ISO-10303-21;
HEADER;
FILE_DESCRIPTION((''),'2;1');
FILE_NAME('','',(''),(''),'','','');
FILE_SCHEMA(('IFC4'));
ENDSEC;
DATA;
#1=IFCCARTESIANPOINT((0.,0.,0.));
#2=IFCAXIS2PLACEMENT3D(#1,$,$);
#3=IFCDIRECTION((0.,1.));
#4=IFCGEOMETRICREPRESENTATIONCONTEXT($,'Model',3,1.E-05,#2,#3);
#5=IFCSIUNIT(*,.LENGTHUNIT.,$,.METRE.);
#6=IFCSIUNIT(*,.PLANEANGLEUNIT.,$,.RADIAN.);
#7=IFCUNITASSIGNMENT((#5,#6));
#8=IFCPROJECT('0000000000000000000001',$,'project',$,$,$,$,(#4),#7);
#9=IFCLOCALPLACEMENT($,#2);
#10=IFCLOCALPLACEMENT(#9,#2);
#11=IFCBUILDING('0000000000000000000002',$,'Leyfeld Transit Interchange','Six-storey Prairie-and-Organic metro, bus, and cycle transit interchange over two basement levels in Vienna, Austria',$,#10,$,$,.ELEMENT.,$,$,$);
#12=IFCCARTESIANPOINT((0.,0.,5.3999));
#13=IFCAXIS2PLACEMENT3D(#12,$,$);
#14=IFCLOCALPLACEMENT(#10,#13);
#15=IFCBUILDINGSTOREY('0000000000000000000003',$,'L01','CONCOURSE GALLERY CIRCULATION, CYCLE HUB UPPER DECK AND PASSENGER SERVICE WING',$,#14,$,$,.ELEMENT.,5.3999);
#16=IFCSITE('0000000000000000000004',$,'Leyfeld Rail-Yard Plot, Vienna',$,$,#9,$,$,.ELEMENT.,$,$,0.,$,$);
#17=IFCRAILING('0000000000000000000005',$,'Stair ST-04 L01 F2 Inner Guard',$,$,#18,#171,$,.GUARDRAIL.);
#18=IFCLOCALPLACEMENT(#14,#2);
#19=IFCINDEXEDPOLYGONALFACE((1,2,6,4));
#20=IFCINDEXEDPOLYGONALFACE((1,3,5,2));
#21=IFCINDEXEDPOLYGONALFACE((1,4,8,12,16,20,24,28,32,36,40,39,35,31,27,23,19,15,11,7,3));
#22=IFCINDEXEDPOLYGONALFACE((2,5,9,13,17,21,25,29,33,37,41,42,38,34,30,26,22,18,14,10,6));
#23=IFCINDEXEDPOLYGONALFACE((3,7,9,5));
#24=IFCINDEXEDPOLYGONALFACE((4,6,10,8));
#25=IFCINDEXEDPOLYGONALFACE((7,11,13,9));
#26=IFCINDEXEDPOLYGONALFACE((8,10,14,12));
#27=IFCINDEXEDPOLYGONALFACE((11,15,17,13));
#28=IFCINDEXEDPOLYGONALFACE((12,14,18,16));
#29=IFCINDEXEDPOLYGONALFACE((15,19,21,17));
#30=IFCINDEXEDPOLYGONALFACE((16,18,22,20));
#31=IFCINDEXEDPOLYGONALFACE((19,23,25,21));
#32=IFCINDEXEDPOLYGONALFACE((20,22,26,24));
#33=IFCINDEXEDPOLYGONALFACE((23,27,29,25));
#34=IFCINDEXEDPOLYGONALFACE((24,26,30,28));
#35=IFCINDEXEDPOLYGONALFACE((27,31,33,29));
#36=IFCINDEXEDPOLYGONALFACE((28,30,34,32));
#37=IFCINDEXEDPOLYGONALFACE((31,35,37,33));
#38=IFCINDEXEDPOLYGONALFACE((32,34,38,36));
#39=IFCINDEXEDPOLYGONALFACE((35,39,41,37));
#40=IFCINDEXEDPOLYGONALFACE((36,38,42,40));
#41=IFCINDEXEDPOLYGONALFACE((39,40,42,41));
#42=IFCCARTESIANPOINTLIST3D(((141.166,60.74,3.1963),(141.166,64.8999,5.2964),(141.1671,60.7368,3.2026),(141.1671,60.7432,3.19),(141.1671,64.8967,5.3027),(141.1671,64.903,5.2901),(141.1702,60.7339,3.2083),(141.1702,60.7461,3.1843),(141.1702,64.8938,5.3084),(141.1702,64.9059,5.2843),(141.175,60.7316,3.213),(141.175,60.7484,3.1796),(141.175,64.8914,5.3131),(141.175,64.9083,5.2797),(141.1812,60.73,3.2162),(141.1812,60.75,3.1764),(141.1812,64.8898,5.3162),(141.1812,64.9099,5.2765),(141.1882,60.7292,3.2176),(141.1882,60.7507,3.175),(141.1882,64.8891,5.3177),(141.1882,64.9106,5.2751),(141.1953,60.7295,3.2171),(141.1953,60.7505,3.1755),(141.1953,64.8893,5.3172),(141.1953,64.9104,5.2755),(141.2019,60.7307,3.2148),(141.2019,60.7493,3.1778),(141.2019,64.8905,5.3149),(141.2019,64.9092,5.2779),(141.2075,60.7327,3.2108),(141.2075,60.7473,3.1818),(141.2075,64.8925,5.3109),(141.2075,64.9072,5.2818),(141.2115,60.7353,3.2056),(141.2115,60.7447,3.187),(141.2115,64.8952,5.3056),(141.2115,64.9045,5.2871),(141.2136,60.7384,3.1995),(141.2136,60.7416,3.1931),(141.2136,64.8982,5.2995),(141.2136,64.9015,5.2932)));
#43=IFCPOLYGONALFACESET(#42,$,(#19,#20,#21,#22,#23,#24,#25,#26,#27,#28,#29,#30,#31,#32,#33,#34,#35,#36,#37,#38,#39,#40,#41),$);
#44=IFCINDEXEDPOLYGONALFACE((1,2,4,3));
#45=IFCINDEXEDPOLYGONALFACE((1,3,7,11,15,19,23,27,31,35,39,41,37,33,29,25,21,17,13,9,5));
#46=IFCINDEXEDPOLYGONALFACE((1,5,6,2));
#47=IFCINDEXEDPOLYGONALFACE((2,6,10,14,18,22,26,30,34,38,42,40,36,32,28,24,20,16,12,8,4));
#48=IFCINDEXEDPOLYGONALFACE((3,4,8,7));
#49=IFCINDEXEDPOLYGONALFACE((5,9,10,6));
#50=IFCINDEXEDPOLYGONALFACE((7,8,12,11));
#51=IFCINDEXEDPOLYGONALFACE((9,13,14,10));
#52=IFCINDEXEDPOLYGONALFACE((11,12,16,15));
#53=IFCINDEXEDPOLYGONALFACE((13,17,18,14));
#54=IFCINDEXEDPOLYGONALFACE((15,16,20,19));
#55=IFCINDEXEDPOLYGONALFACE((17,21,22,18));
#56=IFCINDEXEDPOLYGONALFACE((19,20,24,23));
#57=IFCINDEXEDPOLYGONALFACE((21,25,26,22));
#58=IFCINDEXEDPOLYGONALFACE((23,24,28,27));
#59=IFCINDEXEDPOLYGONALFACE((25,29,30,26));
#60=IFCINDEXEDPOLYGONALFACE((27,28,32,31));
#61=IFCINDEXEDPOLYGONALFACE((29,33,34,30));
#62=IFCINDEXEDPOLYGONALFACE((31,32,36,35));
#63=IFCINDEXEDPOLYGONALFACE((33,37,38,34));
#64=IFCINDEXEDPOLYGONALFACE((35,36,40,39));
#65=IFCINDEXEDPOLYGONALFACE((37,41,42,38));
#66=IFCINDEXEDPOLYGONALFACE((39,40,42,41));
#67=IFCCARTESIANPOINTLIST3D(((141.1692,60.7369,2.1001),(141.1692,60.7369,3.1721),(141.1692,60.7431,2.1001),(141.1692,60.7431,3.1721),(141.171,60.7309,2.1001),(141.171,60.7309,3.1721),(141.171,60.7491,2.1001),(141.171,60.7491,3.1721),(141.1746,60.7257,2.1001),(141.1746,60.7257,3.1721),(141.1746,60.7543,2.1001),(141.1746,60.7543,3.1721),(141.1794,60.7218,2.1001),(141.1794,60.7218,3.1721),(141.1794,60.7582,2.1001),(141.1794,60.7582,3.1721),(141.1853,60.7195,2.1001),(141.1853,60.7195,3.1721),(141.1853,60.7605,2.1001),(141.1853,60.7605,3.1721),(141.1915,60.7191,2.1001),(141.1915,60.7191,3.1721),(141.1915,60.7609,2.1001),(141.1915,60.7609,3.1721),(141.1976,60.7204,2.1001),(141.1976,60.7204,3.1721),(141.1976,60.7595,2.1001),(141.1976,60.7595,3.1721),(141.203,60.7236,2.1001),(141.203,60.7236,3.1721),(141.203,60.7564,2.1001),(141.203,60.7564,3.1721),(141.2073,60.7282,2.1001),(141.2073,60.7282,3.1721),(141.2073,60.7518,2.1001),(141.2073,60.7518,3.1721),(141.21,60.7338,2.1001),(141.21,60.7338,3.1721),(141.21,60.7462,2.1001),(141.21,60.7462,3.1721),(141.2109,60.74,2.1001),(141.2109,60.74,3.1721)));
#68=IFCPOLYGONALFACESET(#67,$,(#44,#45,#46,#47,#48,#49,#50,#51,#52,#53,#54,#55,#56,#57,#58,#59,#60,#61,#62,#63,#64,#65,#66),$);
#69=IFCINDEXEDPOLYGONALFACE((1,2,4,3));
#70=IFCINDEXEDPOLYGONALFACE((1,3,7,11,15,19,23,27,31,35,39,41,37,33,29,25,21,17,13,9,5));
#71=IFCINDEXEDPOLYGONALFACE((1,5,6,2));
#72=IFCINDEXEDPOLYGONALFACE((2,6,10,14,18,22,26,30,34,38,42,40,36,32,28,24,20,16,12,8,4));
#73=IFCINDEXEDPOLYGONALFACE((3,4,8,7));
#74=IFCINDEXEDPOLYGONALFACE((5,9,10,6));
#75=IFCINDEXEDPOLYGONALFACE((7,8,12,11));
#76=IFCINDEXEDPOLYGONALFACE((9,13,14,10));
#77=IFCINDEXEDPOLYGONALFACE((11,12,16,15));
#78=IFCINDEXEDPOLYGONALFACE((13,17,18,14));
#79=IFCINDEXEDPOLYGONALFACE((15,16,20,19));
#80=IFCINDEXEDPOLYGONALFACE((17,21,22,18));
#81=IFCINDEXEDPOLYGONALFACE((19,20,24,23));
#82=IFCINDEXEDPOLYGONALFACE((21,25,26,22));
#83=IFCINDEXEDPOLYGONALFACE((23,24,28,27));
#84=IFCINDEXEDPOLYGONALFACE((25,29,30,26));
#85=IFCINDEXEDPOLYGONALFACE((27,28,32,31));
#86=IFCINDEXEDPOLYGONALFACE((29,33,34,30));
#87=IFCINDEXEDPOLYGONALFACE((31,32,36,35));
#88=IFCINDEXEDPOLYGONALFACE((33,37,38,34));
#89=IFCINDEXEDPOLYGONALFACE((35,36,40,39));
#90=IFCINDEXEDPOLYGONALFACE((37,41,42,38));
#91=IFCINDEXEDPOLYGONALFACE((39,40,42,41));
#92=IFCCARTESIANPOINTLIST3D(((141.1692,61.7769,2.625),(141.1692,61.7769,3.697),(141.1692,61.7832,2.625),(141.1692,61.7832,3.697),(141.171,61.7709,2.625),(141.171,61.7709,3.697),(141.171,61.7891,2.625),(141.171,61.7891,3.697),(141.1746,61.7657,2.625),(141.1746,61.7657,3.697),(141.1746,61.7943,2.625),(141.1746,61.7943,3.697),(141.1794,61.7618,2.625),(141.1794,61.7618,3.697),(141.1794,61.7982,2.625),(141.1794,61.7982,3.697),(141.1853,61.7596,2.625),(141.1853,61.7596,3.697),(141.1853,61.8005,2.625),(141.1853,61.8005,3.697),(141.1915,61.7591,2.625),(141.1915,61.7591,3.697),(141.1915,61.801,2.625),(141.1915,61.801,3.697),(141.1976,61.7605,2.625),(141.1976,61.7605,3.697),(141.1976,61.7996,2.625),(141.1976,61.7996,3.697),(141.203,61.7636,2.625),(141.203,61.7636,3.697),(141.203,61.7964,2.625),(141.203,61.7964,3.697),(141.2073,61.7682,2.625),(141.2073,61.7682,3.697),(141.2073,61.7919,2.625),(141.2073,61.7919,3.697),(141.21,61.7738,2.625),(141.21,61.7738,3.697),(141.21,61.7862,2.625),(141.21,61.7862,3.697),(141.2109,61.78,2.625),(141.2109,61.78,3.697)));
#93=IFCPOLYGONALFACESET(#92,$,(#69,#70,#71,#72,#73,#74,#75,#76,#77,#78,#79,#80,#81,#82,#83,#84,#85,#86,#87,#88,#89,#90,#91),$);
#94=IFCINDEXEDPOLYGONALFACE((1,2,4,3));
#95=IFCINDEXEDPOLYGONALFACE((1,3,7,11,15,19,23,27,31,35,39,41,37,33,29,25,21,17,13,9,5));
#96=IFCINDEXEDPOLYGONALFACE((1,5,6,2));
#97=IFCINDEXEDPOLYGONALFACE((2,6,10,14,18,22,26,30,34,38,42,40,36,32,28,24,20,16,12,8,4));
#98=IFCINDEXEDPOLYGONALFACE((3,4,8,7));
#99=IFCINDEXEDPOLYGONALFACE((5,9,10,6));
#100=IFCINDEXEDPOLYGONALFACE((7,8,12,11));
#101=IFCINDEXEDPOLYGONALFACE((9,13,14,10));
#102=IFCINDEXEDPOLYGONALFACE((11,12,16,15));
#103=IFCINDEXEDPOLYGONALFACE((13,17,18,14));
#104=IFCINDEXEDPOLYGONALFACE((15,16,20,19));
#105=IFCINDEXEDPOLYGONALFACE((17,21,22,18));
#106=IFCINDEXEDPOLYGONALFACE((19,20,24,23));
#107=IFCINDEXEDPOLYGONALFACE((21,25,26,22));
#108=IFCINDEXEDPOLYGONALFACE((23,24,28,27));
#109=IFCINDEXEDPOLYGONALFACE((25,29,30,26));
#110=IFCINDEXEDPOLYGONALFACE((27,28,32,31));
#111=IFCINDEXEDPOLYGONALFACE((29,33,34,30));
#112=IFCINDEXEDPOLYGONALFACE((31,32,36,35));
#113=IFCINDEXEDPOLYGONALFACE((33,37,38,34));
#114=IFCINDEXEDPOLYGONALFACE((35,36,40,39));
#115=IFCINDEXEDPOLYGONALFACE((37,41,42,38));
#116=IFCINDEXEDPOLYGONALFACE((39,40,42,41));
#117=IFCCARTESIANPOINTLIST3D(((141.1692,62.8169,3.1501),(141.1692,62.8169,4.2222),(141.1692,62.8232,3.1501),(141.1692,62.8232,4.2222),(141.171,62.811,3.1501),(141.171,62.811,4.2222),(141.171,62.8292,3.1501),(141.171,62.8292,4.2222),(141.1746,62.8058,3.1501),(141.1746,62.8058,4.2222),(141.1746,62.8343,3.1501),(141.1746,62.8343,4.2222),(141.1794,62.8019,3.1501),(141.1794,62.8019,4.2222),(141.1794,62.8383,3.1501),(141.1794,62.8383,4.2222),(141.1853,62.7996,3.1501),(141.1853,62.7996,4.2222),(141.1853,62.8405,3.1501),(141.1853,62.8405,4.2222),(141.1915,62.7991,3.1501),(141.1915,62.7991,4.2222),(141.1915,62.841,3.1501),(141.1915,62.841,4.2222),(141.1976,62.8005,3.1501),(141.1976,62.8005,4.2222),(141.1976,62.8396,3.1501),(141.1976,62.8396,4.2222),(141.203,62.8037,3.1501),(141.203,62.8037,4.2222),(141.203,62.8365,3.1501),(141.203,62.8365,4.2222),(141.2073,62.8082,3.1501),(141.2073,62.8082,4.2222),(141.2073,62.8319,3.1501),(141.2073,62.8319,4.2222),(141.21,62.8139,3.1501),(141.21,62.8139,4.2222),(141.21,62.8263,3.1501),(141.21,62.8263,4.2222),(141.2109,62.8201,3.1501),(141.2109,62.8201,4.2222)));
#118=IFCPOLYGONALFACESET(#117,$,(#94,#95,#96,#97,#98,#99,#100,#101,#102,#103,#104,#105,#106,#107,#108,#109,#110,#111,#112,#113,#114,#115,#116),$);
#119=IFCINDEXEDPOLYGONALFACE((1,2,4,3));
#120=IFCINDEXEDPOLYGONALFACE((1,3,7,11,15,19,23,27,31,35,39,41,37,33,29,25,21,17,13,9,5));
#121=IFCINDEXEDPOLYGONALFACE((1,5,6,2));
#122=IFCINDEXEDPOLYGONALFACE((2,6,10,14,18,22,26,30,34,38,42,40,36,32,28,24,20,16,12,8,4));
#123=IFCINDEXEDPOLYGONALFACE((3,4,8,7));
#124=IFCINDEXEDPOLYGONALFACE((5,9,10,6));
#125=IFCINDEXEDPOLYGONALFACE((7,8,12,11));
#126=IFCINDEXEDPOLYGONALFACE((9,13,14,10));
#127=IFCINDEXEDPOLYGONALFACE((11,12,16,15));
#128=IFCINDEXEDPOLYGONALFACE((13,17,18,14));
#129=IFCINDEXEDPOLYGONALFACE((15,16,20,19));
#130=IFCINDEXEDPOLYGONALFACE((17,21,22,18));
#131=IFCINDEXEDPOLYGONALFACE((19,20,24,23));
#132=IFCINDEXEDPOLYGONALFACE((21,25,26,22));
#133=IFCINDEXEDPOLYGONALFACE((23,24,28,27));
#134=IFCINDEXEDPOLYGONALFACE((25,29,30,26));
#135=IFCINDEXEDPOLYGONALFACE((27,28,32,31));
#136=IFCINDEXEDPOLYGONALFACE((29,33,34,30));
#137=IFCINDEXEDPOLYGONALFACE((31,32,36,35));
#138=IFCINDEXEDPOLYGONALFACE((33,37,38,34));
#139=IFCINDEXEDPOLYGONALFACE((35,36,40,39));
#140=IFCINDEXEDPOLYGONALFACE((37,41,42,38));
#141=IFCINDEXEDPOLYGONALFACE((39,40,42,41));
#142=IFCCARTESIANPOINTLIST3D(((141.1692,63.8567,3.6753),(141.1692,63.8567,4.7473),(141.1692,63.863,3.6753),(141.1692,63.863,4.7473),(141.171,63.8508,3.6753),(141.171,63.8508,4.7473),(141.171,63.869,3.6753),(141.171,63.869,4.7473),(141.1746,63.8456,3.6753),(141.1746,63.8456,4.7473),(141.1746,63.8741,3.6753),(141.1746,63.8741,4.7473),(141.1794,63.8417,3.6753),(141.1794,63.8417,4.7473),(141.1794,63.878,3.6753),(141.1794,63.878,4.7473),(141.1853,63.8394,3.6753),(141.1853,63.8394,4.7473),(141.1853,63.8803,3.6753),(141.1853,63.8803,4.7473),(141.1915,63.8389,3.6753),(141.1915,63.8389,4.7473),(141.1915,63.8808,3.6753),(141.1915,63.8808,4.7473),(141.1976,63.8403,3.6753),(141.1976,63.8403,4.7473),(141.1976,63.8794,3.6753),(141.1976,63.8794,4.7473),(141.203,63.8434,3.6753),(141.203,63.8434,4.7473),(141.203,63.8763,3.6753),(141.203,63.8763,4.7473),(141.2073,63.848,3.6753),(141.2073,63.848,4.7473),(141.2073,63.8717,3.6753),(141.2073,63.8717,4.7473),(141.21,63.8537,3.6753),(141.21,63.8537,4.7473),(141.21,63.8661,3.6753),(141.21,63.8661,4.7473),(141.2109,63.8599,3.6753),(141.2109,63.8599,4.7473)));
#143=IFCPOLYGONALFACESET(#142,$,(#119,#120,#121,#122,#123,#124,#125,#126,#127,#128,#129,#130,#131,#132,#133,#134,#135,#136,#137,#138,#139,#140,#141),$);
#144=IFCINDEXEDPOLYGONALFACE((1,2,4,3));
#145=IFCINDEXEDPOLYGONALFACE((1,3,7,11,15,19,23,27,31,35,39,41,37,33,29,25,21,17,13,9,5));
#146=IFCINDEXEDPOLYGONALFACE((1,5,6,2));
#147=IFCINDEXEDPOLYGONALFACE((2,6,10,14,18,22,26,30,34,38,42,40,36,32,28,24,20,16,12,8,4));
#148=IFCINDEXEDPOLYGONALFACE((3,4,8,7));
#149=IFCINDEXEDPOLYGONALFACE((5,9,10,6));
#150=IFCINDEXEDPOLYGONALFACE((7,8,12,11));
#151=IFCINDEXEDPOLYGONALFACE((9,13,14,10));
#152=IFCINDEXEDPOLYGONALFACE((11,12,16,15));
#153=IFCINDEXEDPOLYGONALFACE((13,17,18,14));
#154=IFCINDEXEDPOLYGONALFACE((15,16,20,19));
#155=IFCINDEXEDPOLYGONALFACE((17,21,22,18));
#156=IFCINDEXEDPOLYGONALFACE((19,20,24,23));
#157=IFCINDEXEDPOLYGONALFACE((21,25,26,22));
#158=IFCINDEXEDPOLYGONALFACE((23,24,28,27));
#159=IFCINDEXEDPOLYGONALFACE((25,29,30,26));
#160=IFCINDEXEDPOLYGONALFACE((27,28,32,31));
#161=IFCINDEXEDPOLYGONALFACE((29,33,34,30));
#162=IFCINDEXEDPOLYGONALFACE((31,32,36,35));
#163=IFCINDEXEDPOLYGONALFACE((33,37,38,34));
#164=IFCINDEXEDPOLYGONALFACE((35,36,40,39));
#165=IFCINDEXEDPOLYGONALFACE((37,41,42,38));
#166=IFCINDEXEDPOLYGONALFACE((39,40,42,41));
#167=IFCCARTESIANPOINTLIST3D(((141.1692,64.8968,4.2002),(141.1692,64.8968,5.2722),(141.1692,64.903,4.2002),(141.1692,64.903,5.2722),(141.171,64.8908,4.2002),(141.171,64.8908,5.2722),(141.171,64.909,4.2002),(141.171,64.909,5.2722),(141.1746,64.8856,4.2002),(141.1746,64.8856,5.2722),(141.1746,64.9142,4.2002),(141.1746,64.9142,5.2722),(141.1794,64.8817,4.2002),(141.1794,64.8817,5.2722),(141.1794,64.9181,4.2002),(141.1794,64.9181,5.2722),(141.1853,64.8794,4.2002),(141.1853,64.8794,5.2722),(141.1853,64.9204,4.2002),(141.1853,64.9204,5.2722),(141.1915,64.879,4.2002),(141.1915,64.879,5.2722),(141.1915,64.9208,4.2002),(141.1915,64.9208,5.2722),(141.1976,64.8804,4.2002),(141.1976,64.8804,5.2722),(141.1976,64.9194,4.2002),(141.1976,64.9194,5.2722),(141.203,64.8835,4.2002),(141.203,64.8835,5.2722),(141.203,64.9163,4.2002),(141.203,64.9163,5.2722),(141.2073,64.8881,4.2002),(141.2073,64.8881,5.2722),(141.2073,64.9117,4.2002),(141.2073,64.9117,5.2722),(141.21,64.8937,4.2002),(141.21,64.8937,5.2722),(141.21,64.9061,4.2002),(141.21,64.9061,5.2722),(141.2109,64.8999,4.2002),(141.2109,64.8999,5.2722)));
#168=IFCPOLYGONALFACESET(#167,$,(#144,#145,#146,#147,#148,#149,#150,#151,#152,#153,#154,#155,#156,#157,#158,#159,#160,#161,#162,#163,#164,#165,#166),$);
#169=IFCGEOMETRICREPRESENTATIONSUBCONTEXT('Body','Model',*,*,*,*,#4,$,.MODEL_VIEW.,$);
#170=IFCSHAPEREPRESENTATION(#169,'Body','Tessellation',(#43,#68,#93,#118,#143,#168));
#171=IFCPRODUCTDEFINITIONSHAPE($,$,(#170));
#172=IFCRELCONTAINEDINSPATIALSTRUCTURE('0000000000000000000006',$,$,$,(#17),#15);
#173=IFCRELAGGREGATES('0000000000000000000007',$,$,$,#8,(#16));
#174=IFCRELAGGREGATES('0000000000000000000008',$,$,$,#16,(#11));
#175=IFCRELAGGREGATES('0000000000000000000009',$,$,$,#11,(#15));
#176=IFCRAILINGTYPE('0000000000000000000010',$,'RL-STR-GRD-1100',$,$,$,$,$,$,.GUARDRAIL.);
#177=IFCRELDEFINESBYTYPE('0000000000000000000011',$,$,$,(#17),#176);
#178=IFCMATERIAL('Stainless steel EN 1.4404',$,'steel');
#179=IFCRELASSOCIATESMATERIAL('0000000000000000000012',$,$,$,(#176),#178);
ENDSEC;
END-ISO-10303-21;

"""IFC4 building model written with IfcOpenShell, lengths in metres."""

from ifc_helpers import new_model, si_unit, direction, frame, origin, origin_2d, place, context, subcontext, project, spatial, circle, extrude, material, type_object, element, save


model = new_model("IFC4")

# Units and contexts
model_context = context("Model", 3, precision=1e-05, world=origin(), true_north=direction((0.0, 1.0)))
body_context = subcontext(model_context, "Body", "Model", "MODEL_VIEW")
ifc_project = project(units=[si_unit("LENGTHUNIT", "METRE"), si_unit("PLANEANGLEUNIT", "RADIAN")], contexts=[model_context])

# Site, building, storey
site_placement = place(None, origin())
site = spatial("IfcSite", under=ifc_project, at=site_placement, Name="Leyfeld Rail-Yard Plot, Vienna", CompositionType="ELEMENT", RefElevation=0.0)
building_placement = place(site_placement, origin())
building = spatial("IfcBuilding", under=site, at=building_placement, Name="Leyfeld Transit Interchange", Description="Six-storey Prairie-and-Organic metro, bus, and cycle transit interchange over two basement levels in Vienna, Austria", CompositionType="ELEMENT")
storey_placement = place(building_placement, frame((0.0, 0.0, 5.3999)))
storey = spatial("IfcBuildingStorey", under=building, at=storey_placement, Name="L01", Description="CONCOURSE GALLERY CIRCULATION, CYCLE HUB UPPER DECK AND PASSENGER SERVICE WING", CompositionType="ELEMENT", Elevation=5.3999)

# Railing
ifc_material_1 = material(Name="Stainless steel EN 1.4404", Category="steel")
railing_type_1 = type_object("IfcRailingType", Name="RL-STR-GRD-1100", PredefinedType="GUARDRAIL", material=ifc_material_1)
for number, where, name in (
    (1, (141.1899, 60.74, 2.1001), "Stair ST-04 L01 F2 Inner Guard"),
):
    element("IfcRailing", number, at=place(storey_placement, frame(where)), inside=storey, type_object=railing_type_1, Name=name, PredefinedType="GUARDRAIL", context=body_context, shape_type="SweptSolid", body=[
        extrude(circle(Radius=0.0239, at=origin_2d()), frame((0.0, 0.0, 1.0962), z_axis=(0.0, 0.892692, 0.450668), x_axis=(-1.0, 0.0, 0.0)), (0.0, 0.0, 1.0), 4.6599),
        extrude(circle(Radius=0.021, at=origin_2d()), origin(), (0.0, 0.0, 1.0), 1.072),
        extrude(circle(Radius=0.021, at=origin_2d()), frame((0.0, 1.04, 0.5249)), (0.0, 0.0, 1.0), 1.072),
        extrude(circle(Radius=0.021, at=origin_2d()), frame((0.0, 2.0801, 1.05)), (0.0, 0.0, 1.0), 1.072),
        extrude(circle(Radius=0.021, at=origin_2d()), frame((0.0, 3.1199, 1.5752)), (0.0, 0.0, 1.0), 1.072),
        extrude(circle(Radius=0.021, at=origin_2d()), frame((0.0, 4.1599, 2.1001)), (0.0, 0.0, 1.0), 1.072),
    ])

save(model, "model.ifc")
